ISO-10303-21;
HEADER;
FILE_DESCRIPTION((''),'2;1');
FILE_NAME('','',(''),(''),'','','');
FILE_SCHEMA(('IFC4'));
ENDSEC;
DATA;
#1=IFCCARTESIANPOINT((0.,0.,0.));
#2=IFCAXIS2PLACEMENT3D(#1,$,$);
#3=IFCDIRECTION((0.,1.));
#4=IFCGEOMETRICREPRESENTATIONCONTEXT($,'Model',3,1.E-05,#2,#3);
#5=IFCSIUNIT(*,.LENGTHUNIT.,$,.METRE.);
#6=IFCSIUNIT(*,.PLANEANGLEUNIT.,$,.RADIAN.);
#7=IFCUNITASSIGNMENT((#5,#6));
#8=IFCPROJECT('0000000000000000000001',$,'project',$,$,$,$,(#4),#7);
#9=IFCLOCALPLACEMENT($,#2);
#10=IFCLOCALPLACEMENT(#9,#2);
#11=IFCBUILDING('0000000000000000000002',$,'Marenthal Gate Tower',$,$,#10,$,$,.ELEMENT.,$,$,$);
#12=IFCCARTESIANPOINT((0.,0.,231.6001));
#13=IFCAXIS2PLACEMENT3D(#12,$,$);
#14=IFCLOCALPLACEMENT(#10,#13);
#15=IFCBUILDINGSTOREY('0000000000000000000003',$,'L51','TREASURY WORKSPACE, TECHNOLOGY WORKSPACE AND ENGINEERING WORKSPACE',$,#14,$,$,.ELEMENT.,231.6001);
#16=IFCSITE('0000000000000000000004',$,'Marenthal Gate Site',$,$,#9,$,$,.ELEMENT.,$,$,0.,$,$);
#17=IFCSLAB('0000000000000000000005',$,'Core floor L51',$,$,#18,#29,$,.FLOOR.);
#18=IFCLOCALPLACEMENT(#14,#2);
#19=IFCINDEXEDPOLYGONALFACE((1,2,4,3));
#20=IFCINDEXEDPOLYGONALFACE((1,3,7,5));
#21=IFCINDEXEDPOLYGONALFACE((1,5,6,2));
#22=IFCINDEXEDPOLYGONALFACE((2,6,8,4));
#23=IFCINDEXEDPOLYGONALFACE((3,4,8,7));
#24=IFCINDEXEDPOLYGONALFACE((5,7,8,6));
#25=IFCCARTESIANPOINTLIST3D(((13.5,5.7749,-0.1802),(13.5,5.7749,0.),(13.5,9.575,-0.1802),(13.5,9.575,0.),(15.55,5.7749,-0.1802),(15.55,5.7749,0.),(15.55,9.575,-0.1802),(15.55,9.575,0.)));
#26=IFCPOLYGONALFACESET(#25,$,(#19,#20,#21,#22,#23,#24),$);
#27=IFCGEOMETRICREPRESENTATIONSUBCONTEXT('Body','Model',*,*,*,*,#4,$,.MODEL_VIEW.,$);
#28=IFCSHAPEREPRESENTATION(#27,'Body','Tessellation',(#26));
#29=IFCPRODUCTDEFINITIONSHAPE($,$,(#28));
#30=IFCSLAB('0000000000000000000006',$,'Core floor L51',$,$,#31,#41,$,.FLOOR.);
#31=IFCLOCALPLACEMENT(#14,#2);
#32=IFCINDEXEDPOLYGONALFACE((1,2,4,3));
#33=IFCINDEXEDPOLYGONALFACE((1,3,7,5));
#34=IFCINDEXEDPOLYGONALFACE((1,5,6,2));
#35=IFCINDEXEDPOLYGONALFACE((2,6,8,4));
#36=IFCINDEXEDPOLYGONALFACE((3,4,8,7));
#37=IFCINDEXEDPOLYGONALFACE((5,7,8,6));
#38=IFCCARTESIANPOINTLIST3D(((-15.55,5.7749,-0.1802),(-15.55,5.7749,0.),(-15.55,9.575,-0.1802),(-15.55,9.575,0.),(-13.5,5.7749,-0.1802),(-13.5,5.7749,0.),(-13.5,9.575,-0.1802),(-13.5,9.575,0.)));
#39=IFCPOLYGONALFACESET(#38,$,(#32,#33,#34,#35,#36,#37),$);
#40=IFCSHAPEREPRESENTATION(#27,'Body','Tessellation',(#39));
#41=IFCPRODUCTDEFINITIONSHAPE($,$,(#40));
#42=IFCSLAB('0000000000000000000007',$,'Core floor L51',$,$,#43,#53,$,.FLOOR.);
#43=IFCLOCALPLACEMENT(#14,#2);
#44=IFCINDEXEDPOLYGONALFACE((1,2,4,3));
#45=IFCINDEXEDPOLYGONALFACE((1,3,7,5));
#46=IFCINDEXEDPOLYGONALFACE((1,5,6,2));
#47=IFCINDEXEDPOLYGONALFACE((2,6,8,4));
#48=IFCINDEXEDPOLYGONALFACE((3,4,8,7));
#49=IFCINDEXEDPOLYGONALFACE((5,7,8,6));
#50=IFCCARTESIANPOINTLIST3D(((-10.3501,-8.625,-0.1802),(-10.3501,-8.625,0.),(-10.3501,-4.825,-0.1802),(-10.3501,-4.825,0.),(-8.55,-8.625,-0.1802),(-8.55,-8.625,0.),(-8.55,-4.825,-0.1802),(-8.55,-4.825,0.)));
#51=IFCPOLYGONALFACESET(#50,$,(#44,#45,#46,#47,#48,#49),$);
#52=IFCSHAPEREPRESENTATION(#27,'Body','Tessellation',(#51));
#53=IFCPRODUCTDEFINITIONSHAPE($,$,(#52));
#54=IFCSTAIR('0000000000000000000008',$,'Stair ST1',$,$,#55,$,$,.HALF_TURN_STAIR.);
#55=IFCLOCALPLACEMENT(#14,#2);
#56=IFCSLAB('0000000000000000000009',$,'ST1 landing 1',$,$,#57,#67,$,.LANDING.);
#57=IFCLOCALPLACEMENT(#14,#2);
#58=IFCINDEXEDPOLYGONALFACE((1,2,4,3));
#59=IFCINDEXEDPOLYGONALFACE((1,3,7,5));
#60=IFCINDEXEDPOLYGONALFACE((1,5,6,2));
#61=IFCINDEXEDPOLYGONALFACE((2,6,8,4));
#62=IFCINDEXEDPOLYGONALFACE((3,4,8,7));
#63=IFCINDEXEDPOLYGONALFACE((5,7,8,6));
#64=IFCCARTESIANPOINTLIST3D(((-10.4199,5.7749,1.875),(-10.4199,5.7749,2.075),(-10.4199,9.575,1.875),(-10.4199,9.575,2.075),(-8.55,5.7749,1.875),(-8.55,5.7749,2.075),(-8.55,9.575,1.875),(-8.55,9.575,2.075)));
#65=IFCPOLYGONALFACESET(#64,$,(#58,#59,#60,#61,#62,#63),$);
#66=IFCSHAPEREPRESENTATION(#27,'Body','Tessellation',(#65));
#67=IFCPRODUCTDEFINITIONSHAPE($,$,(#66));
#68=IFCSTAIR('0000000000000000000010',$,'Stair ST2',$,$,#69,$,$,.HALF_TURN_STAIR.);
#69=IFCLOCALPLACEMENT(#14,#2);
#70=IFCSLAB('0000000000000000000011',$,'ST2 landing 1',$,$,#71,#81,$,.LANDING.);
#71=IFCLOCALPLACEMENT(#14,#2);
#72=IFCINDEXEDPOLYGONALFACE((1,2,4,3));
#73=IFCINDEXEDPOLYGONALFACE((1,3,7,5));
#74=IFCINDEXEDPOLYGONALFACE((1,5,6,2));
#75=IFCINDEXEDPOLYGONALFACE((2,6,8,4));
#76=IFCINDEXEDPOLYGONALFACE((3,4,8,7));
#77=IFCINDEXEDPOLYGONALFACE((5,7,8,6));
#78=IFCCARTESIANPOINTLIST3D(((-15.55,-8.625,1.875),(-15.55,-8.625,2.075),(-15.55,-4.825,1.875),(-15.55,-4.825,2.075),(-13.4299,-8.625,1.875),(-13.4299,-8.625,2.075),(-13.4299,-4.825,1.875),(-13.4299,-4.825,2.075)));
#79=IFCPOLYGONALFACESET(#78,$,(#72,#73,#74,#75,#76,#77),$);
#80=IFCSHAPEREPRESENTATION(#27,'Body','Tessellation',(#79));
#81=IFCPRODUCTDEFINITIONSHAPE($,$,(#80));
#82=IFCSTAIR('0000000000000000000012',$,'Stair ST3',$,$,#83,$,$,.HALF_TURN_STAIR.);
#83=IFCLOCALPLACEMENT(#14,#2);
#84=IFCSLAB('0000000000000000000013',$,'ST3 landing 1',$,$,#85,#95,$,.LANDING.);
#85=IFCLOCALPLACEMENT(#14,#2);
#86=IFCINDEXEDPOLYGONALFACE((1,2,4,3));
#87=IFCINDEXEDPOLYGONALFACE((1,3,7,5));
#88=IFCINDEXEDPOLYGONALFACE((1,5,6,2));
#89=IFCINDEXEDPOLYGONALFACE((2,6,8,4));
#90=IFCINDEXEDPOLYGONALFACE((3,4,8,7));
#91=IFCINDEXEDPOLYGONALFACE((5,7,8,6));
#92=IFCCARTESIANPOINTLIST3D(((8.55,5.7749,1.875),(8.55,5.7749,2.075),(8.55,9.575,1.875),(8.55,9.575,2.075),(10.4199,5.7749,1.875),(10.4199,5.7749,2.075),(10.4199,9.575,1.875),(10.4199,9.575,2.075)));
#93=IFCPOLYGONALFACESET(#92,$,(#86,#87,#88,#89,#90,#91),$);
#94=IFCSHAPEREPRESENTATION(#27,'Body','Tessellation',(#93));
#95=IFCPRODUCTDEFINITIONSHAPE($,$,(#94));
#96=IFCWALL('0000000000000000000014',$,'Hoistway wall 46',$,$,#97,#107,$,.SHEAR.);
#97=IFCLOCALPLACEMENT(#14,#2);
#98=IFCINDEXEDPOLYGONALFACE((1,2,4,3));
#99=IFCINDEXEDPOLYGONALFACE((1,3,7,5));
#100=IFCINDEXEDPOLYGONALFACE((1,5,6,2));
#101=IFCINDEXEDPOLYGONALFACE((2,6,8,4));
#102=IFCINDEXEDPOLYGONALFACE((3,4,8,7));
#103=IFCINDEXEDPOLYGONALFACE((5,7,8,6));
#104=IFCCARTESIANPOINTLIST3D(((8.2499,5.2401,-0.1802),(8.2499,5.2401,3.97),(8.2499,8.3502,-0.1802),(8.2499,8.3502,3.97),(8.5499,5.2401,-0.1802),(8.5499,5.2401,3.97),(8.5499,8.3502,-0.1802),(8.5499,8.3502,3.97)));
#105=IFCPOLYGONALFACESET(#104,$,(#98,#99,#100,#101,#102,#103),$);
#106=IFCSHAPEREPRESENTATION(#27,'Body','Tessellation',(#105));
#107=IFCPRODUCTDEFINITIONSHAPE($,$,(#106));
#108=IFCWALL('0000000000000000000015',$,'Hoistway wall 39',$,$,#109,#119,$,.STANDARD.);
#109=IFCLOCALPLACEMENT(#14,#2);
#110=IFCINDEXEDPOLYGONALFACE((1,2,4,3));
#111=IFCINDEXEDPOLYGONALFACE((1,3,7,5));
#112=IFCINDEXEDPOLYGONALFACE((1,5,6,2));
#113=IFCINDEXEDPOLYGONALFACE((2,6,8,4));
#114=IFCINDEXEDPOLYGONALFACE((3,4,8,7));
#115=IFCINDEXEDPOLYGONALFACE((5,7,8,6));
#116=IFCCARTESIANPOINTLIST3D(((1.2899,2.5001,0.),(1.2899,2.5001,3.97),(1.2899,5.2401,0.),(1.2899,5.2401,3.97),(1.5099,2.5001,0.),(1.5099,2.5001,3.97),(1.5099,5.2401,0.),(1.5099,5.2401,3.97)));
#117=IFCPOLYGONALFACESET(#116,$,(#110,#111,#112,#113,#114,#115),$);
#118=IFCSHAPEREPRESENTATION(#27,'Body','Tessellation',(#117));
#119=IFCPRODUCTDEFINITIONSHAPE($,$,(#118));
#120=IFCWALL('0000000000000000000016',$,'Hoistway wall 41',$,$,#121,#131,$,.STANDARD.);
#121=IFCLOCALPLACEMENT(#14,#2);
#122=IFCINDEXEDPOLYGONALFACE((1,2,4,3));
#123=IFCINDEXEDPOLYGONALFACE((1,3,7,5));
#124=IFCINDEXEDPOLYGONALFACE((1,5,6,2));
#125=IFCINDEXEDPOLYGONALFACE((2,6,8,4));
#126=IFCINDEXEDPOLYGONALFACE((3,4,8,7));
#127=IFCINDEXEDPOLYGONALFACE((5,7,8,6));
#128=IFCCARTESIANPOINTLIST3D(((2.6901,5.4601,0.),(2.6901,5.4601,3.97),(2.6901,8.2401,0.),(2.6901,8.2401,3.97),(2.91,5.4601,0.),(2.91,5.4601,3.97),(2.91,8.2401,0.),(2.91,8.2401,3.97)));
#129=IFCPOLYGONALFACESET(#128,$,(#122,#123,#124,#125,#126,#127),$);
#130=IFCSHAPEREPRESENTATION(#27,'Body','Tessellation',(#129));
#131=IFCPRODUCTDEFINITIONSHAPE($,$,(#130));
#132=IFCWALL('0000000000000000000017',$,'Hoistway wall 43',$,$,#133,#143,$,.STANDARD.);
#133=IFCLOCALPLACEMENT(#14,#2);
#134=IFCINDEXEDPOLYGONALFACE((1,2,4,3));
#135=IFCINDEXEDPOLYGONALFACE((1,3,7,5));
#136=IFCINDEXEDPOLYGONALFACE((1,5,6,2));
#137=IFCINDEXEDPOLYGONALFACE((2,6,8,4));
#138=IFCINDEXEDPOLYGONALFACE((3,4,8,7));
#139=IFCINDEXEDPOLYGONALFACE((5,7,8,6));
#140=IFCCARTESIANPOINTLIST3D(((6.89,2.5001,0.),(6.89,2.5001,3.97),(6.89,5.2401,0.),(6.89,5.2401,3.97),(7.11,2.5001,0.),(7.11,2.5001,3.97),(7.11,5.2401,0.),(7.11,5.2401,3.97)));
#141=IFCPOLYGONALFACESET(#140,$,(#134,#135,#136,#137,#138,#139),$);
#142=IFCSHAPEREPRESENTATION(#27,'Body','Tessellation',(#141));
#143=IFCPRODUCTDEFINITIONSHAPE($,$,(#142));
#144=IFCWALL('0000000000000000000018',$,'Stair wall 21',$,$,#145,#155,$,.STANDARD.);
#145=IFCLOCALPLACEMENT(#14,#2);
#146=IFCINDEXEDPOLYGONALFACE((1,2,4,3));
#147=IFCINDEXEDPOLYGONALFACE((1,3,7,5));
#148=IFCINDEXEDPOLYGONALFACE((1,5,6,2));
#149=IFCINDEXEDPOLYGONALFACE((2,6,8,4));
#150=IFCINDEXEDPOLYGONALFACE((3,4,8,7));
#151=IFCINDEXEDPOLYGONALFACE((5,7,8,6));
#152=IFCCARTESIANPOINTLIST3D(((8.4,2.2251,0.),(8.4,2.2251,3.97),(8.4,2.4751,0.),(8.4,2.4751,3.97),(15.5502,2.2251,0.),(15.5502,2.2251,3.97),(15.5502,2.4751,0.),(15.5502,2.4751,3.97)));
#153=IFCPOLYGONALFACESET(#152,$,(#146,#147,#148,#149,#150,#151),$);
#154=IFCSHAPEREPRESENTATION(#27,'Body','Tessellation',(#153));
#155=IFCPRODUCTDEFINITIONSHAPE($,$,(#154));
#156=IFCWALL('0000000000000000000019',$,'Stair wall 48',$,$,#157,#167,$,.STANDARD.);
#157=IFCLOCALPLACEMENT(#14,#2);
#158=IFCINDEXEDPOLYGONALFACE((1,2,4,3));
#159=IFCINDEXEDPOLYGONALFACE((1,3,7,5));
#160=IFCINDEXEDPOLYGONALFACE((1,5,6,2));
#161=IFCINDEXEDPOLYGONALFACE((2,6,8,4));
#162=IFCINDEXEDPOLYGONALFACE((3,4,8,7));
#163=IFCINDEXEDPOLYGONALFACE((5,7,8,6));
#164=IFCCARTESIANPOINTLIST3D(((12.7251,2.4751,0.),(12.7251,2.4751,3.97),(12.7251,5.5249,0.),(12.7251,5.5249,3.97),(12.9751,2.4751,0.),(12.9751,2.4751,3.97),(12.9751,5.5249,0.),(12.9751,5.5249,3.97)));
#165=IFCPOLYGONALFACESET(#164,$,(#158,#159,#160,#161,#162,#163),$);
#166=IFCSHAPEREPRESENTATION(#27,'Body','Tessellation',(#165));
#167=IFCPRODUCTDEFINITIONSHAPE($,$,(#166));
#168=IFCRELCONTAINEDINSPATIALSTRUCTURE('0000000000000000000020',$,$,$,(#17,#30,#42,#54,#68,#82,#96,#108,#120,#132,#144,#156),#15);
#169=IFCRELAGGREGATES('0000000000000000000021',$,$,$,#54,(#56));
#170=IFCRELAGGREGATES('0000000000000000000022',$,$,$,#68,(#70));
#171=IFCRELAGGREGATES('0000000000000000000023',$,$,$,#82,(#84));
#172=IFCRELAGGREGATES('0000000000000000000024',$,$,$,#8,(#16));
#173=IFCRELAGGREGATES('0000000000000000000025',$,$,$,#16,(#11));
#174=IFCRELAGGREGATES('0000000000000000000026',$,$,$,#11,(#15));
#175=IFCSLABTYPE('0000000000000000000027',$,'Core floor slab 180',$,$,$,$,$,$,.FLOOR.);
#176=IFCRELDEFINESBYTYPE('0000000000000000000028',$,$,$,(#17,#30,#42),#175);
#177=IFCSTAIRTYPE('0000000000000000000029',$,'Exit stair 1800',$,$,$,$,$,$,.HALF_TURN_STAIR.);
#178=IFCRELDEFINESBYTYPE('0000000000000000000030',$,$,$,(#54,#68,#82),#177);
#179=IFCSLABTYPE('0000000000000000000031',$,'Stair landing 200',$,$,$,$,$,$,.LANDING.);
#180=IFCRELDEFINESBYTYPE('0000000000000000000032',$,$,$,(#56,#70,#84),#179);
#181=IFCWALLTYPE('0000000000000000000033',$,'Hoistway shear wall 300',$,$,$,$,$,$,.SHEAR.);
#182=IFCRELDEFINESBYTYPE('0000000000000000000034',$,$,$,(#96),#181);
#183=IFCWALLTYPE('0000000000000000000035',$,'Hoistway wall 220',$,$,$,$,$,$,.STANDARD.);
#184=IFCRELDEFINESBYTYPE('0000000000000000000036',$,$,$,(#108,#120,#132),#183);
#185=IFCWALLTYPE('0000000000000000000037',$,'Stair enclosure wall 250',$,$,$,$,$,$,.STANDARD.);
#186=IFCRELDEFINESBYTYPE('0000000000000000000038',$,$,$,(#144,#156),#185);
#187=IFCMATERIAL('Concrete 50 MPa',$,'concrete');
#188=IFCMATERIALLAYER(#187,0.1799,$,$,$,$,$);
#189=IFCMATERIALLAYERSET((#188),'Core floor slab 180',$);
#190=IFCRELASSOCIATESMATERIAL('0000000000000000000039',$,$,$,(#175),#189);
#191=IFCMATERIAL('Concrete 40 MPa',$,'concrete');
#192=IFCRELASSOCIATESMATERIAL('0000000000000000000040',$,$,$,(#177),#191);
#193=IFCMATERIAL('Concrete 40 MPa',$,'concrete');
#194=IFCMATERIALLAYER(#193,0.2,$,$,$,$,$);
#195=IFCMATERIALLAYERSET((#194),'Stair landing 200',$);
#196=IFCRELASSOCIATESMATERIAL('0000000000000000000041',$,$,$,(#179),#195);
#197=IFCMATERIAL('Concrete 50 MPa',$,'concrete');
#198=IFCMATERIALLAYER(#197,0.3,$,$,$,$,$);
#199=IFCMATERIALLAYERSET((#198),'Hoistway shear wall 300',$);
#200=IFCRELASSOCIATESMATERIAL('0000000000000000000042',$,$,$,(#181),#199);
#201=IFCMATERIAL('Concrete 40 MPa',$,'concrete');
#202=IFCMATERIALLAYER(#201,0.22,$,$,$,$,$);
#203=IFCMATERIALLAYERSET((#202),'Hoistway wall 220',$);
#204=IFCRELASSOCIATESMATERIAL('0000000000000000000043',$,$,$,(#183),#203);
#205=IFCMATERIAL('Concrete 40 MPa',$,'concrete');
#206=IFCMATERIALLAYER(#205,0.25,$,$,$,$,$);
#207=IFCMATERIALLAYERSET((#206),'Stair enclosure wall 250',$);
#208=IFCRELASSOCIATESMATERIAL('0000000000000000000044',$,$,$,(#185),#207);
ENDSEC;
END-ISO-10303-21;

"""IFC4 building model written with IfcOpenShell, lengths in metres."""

from ifc_helpers import new_model, si_unit, direction, frame, frame_2d, origin, place, context, subcontext, project, spatial, polyline, rectangle, outline, extrude, material, layer, layer_set, type_object, element, aggregate, save


model = new_model("IFC4")

# Units and contexts
model_context = context("Model", 3, precision=1e-05, world=origin(), true_north=direction((0.0, 1.0)))
body_context = subcontext(model_context, "Body", "Model", "MODEL_VIEW")
ifc_project = project(units=[si_unit("LENGTHUNIT", "METRE"), si_unit("PLANEANGLEUNIT", "RADIAN")], contexts=[model_context])

# Site, building, storey
site_placement = place(None, origin())
site = spatial("IfcSite", under=ifc_project, at=site_placement, Name="Marenthal Gate Site", CompositionType="ELEMENT", RefElevation=0.0)
building_placement = place(site_placement, origin())
building = spatial("IfcBuilding", under=site, at=building_placement, Name="Marenthal Gate Tower", CompositionType="ELEMENT")
storey_placement = place(building_placement, frame((0.0, 0.0, 231.6001)))
storey = spatial("IfcBuildingStorey", under=building, at=storey_placement, Name="L51", Description="TREASURY WORKSPACE, TECHNOLOGY WORKSPACE AND ENGINEERING WORKSPACE", CompositionType="ELEMENT", Elevation=231.6001)

# Slabs
ifc_material_1 = material(Name="Concrete 50 MPa", Category="concrete")
ifc_layer_1 = layer(ifc_material_1, 0.1799)
ifc_layer_set_1 = layer_set([ifc_layer_1], Name="Core floor slab 180")
slab_type_1 = type_object("IfcSlabType", Name="Core floor slab 180", PredefinedType="FLOOR", material=ifc_layer_set_1)
slab_1_placement = place(storey_placement, frame((0.0, 0.0, -0.1802)))
element("IfcSlab", 1, at=slab_1_placement, inside=storey, type_object=slab_type_1, Name="Core floor L51", PredefinedType="FLOOR", context=body_context, shape_type="SweptSolid", body=[
    extrude(outline(polyline([(15.55, 5.7749), (13.5, 5.7749), (13.5, 9.575), (15.55, 9.575), (15.55, 5.7749)])), origin(), (0.0, 0.0, 1.0), 0.1802),
])
slab_2_placement = place(storey_placement, frame((0.0, 0.0, -0.1802)))
element("IfcSlab", 2, at=slab_2_placement, inside=storey, type_object=slab_type_1, Name="Core floor L51", PredefinedType="FLOOR", context=body_context, shape_type="SweptSolid", body=[
    extrude(outline(polyline([(-15.55, 9.575), (-13.5, 9.575), (-13.5, 5.7749), (-15.55, 5.7749), (-15.55, 9.575)])), origin(), (0.0, 0.0, 1.0), 0.1802),
])
slab_3_placement = place(storey_placement, frame((0.0, 0.0, -0.1802)))
element("IfcSlab", 3, at=slab_3_placement, inside=storey, type_object=slab_type_1, Name="Core floor L51", PredefinedType="FLOOR", context=body_context, shape_type="SweptSolid", body=[
    extrude(outline(polyline([(-8.55, -8.625), (-10.3501, -8.625), (-10.3501, -4.825), (-8.55, -4.825), (-8.55, -8.625)])), origin(), (0.0, 0.0, 1.0), 0.1802),
])

# Stairs, slabs
ifc_material_2 = material(Name="Concrete 40 MPa", Category="concrete")
stair_type = type_object("IfcStairType", Name="Exit stair 1800", PredefinedType="HALF_TURN_STAIR", material=ifc_material_2)
stair_1_placement = place(storey_placement, origin())
stair_1 = element("IfcStair", 4, at=stair_1_placement, inside=storey, type_object=stair_type, Name="Stair ST1", PredefinedType="HALF_TURN_STAIR")
ifc_material_3 = material(Name="Concrete 40 MPa", Category="concrete")
ifc_layer_2 = layer(ifc_material_3, 0.2)
ifc_layer_set_2 = layer_set([ifc_layer_2], Name="Stair landing 200")
slab_type_2 = type_object("IfcSlabType", Name="Stair landing 200", PredefinedType="LANDING", material=ifc_layer_set_2)
slab_4_placement = place(storey_placement, frame((0.0, 0.0, 1.875)))
slab_4 = element("IfcSlab", 5, at=slab_4_placement, type_object=slab_type_2, Name="ST1 landing 1", PredefinedType="LANDING", context=body_context, shape_type="SweptSolid", body=[
    extrude(outline(polyline([(-10.4199, 5.7749), (-8.55, 5.7749), (-8.55, 9.575), (-10.4199, 9.575), (-10.4199, 5.7749)])), origin(), (0.0, 0.0, 1.0), 0.2),
])
aggregate(stair_1, [slab_4])
stair_2_placement = place(storey_placement, origin())
stair_2 = element("IfcStair", 6, at=stair_2_placement, inside=storey, type_object=stair_type, Name="Stair ST2", PredefinedType="HALF_TURN_STAIR")
slab_5_placement = place(storey_placement, frame((0.0, 0.0, 1.875)))
slab_5 = element("IfcSlab", 7, at=slab_5_placement, type_object=slab_type_2, Name="ST2 landing 1", PredefinedType="LANDING", context=body_context, shape_type="SweptSolid", body=[
    extrude(outline(polyline([(-15.55, -8.625), (-13.4299, -8.625), (-13.4299, -4.825), (-15.55, -4.825), (-15.55, -8.625)])), origin(), (0.0, 0.0, 1.0), 0.2),
])
aggregate(stair_2, [slab_5])
stair_3_placement = place(storey_placement, origin())
stair_3 = element("IfcStair", 8, at=stair_3_placement, inside=storey, type_object=stair_type, Name="Stair ST3", PredefinedType="HALF_TURN_STAIR")
slab_6_placement = place(storey_placement, frame((0.0, 0.0, 1.875)))
slab_6 = element("IfcSlab", 9, at=slab_6_placement, type_object=slab_type_2, Name="ST3 landing 1", PredefinedType="LANDING", context=body_context, shape_type="SweptSolid", body=[
    extrude(outline(polyline([(8.55, 5.7749), (10.4199, 5.7749), (10.4199, 9.575), (8.55, 9.575), (8.55, 5.7749)])), origin(), (0.0, 0.0, 1.0), 0.2),
])

# Walls
ifc_material_4 = material(Name="Concrete 50 MPa", Category="concrete")
ifc_layer_3 = layer(ifc_material_4, 0.3)
ifc_layer_set_3 = layer_set([ifc_layer_3], Name="Hoistway shear wall 300")
wall_type_1 = type_object("IfcWallType", Name="Hoistway shear wall 300", PredefinedType="SHEAR", material=ifc_layer_set_3)
wall_1_placement = place(storey_placement, frame((8.3999, 5.24, -0.1802), z_axis=(0.0, 0.0, 1.0), x_axis=(0.0, 1.0, 0.0)))
element("IfcWall", 10, at=wall_1_placement, inside=storey, type_object=wall_type_1, Name="Hoistway wall 46", PredefinedType="SHEAR", context=body_context, shape_type="SweptSolid", body=[
    extrude(rectangle(XDim=3.1101, YDim=0.3, at=frame_2d((1.5552, 0.0))), origin(), (0.0, 0.0, 1.0), 4.1501),
])
ifc_material_5 = material(Name="Concrete 40 MPa", Category="concrete")
ifc_layer_4 = layer(ifc_material_5, 0.22)
ifc_layer_set_4 = layer_set([ifc_layer_4], Name="Hoistway wall 220")
wall_type_2 = type_object("IfcWallType", Name="Hoistway wall 220", PredefinedType="STANDARD", material=ifc_layer_set_4)
wall_2_placement = place(storey_placement, frame((1.3999, 2.5, 0.0), z_axis=(0.0, 0.0, 1.0), x_axis=(0.0, 1.0, 0.0)))
element("IfcWall", 11, at=wall_2_placement, inside=storey, type_object=wall_type_2, Name="Hoistway wall 39", PredefinedType="STANDARD", context=body_context, shape_type="SweptSolid", body=[
    extrude(rectangle(XDim=2.74, YDim=0.22, at=frame_2d((1.3701, 0.0))), origin(), (0.0, 0.0, 1.0), 3.97),
])
wall_3_placement = place(storey_placement, frame((2.8, 5.46, 0.0), z_axis=(0.0, 0.0, 1.0), x_axis=(0.0, 1.0, 0.0)))
element("IfcWall", 12, at=wall_3_placement, inside=storey, type_object=wall_type_2, Name="Hoistway wall 41", PredefinedType="STANDARD", context=body_context, shape_type="SweptSolid", body=[
    extrude(rectangle(XDim=2.78, YDim=0.22, at=frame_2d((1.3901, 0.0))), origin(), (0.0, 0.0, 1.0), 3.97),
])
wall_4_placement = place(storey_placement, frame((7.0, 2.5, 0.0), z_axis=(0.0, 0.0, 1.0), x_axis=(0.0, 1.0, 0.0)))
element("IfcWall", 13, at=wall_4_placement, inside=storey, type_object=wall_type_2, Name="Hoistway wall 43", PredefinedType="STANDARD", context=body_context, shape_type="SweptSolid", body=[
    extrude(rectangle(XDim=2.74, YDim=0.22, at=frame_2d((1.3701, 0.0))), origin(), (0.0, 0.0, 1.0), 3.97),
])
ifc_material_6 = material(Name="Concrete 40 MPa", Category="concrete")
ifc_layer_5 = layer(ifc_material_6, 0.25)
ifc_layer_set_5 = layer_set([ifc_layer_5], Name="Stair enclosure wall 250")
wall_type_3 = type_object("IfcWallType", Name="Stair enclosure wall 250", PredefinedType="STANDARD", material=ifc_layer_set_5)
wall_5_placement = place(storey_placement, frame((8.3999, 2.3501, 0.0), z_axis=(0.0, 0.0, 1.0), x_axis=(1.0, 0.0, 0.0)))
element("IfcWall", 14, at=wall_5_placement, inside=storey, type_object=wall_type_3, Name="Stair wall 21", PredefinedType="STANDARD", context=body_context, shape_type="SweptSolid", body=[
    extrude(rectangle(XDim=7.1501, YDim=0.25, at=frame_2d((3.5752, 0.0))), origin(), (0.0, 0.0, 1.0), 3.97),
])
wall_6_placement = place(storey_placement, frame((12.8501, 2.4751, 0.0), z_axis=(0.0, 0.0, 1.0), x_axis=(0.0, 1.0, 0.0)))
element("IfcWall", 15, at=wall_6_placement, inside=storey, type_object=wall_type_3, Name="Stair wall 48", PredefinedType="STANDARD", context=body_context, shape_type="SweptSolid", body=[
    extrude(rectangle(XDim=3.0498, YDim=0.25, at=frame_2d((1.5249, 0.0))), origin(), (0.0, 0.0, 1.0), 3.97),
])

aggregate(stair_3, [slab_6])

save(model, "model.ifc")
